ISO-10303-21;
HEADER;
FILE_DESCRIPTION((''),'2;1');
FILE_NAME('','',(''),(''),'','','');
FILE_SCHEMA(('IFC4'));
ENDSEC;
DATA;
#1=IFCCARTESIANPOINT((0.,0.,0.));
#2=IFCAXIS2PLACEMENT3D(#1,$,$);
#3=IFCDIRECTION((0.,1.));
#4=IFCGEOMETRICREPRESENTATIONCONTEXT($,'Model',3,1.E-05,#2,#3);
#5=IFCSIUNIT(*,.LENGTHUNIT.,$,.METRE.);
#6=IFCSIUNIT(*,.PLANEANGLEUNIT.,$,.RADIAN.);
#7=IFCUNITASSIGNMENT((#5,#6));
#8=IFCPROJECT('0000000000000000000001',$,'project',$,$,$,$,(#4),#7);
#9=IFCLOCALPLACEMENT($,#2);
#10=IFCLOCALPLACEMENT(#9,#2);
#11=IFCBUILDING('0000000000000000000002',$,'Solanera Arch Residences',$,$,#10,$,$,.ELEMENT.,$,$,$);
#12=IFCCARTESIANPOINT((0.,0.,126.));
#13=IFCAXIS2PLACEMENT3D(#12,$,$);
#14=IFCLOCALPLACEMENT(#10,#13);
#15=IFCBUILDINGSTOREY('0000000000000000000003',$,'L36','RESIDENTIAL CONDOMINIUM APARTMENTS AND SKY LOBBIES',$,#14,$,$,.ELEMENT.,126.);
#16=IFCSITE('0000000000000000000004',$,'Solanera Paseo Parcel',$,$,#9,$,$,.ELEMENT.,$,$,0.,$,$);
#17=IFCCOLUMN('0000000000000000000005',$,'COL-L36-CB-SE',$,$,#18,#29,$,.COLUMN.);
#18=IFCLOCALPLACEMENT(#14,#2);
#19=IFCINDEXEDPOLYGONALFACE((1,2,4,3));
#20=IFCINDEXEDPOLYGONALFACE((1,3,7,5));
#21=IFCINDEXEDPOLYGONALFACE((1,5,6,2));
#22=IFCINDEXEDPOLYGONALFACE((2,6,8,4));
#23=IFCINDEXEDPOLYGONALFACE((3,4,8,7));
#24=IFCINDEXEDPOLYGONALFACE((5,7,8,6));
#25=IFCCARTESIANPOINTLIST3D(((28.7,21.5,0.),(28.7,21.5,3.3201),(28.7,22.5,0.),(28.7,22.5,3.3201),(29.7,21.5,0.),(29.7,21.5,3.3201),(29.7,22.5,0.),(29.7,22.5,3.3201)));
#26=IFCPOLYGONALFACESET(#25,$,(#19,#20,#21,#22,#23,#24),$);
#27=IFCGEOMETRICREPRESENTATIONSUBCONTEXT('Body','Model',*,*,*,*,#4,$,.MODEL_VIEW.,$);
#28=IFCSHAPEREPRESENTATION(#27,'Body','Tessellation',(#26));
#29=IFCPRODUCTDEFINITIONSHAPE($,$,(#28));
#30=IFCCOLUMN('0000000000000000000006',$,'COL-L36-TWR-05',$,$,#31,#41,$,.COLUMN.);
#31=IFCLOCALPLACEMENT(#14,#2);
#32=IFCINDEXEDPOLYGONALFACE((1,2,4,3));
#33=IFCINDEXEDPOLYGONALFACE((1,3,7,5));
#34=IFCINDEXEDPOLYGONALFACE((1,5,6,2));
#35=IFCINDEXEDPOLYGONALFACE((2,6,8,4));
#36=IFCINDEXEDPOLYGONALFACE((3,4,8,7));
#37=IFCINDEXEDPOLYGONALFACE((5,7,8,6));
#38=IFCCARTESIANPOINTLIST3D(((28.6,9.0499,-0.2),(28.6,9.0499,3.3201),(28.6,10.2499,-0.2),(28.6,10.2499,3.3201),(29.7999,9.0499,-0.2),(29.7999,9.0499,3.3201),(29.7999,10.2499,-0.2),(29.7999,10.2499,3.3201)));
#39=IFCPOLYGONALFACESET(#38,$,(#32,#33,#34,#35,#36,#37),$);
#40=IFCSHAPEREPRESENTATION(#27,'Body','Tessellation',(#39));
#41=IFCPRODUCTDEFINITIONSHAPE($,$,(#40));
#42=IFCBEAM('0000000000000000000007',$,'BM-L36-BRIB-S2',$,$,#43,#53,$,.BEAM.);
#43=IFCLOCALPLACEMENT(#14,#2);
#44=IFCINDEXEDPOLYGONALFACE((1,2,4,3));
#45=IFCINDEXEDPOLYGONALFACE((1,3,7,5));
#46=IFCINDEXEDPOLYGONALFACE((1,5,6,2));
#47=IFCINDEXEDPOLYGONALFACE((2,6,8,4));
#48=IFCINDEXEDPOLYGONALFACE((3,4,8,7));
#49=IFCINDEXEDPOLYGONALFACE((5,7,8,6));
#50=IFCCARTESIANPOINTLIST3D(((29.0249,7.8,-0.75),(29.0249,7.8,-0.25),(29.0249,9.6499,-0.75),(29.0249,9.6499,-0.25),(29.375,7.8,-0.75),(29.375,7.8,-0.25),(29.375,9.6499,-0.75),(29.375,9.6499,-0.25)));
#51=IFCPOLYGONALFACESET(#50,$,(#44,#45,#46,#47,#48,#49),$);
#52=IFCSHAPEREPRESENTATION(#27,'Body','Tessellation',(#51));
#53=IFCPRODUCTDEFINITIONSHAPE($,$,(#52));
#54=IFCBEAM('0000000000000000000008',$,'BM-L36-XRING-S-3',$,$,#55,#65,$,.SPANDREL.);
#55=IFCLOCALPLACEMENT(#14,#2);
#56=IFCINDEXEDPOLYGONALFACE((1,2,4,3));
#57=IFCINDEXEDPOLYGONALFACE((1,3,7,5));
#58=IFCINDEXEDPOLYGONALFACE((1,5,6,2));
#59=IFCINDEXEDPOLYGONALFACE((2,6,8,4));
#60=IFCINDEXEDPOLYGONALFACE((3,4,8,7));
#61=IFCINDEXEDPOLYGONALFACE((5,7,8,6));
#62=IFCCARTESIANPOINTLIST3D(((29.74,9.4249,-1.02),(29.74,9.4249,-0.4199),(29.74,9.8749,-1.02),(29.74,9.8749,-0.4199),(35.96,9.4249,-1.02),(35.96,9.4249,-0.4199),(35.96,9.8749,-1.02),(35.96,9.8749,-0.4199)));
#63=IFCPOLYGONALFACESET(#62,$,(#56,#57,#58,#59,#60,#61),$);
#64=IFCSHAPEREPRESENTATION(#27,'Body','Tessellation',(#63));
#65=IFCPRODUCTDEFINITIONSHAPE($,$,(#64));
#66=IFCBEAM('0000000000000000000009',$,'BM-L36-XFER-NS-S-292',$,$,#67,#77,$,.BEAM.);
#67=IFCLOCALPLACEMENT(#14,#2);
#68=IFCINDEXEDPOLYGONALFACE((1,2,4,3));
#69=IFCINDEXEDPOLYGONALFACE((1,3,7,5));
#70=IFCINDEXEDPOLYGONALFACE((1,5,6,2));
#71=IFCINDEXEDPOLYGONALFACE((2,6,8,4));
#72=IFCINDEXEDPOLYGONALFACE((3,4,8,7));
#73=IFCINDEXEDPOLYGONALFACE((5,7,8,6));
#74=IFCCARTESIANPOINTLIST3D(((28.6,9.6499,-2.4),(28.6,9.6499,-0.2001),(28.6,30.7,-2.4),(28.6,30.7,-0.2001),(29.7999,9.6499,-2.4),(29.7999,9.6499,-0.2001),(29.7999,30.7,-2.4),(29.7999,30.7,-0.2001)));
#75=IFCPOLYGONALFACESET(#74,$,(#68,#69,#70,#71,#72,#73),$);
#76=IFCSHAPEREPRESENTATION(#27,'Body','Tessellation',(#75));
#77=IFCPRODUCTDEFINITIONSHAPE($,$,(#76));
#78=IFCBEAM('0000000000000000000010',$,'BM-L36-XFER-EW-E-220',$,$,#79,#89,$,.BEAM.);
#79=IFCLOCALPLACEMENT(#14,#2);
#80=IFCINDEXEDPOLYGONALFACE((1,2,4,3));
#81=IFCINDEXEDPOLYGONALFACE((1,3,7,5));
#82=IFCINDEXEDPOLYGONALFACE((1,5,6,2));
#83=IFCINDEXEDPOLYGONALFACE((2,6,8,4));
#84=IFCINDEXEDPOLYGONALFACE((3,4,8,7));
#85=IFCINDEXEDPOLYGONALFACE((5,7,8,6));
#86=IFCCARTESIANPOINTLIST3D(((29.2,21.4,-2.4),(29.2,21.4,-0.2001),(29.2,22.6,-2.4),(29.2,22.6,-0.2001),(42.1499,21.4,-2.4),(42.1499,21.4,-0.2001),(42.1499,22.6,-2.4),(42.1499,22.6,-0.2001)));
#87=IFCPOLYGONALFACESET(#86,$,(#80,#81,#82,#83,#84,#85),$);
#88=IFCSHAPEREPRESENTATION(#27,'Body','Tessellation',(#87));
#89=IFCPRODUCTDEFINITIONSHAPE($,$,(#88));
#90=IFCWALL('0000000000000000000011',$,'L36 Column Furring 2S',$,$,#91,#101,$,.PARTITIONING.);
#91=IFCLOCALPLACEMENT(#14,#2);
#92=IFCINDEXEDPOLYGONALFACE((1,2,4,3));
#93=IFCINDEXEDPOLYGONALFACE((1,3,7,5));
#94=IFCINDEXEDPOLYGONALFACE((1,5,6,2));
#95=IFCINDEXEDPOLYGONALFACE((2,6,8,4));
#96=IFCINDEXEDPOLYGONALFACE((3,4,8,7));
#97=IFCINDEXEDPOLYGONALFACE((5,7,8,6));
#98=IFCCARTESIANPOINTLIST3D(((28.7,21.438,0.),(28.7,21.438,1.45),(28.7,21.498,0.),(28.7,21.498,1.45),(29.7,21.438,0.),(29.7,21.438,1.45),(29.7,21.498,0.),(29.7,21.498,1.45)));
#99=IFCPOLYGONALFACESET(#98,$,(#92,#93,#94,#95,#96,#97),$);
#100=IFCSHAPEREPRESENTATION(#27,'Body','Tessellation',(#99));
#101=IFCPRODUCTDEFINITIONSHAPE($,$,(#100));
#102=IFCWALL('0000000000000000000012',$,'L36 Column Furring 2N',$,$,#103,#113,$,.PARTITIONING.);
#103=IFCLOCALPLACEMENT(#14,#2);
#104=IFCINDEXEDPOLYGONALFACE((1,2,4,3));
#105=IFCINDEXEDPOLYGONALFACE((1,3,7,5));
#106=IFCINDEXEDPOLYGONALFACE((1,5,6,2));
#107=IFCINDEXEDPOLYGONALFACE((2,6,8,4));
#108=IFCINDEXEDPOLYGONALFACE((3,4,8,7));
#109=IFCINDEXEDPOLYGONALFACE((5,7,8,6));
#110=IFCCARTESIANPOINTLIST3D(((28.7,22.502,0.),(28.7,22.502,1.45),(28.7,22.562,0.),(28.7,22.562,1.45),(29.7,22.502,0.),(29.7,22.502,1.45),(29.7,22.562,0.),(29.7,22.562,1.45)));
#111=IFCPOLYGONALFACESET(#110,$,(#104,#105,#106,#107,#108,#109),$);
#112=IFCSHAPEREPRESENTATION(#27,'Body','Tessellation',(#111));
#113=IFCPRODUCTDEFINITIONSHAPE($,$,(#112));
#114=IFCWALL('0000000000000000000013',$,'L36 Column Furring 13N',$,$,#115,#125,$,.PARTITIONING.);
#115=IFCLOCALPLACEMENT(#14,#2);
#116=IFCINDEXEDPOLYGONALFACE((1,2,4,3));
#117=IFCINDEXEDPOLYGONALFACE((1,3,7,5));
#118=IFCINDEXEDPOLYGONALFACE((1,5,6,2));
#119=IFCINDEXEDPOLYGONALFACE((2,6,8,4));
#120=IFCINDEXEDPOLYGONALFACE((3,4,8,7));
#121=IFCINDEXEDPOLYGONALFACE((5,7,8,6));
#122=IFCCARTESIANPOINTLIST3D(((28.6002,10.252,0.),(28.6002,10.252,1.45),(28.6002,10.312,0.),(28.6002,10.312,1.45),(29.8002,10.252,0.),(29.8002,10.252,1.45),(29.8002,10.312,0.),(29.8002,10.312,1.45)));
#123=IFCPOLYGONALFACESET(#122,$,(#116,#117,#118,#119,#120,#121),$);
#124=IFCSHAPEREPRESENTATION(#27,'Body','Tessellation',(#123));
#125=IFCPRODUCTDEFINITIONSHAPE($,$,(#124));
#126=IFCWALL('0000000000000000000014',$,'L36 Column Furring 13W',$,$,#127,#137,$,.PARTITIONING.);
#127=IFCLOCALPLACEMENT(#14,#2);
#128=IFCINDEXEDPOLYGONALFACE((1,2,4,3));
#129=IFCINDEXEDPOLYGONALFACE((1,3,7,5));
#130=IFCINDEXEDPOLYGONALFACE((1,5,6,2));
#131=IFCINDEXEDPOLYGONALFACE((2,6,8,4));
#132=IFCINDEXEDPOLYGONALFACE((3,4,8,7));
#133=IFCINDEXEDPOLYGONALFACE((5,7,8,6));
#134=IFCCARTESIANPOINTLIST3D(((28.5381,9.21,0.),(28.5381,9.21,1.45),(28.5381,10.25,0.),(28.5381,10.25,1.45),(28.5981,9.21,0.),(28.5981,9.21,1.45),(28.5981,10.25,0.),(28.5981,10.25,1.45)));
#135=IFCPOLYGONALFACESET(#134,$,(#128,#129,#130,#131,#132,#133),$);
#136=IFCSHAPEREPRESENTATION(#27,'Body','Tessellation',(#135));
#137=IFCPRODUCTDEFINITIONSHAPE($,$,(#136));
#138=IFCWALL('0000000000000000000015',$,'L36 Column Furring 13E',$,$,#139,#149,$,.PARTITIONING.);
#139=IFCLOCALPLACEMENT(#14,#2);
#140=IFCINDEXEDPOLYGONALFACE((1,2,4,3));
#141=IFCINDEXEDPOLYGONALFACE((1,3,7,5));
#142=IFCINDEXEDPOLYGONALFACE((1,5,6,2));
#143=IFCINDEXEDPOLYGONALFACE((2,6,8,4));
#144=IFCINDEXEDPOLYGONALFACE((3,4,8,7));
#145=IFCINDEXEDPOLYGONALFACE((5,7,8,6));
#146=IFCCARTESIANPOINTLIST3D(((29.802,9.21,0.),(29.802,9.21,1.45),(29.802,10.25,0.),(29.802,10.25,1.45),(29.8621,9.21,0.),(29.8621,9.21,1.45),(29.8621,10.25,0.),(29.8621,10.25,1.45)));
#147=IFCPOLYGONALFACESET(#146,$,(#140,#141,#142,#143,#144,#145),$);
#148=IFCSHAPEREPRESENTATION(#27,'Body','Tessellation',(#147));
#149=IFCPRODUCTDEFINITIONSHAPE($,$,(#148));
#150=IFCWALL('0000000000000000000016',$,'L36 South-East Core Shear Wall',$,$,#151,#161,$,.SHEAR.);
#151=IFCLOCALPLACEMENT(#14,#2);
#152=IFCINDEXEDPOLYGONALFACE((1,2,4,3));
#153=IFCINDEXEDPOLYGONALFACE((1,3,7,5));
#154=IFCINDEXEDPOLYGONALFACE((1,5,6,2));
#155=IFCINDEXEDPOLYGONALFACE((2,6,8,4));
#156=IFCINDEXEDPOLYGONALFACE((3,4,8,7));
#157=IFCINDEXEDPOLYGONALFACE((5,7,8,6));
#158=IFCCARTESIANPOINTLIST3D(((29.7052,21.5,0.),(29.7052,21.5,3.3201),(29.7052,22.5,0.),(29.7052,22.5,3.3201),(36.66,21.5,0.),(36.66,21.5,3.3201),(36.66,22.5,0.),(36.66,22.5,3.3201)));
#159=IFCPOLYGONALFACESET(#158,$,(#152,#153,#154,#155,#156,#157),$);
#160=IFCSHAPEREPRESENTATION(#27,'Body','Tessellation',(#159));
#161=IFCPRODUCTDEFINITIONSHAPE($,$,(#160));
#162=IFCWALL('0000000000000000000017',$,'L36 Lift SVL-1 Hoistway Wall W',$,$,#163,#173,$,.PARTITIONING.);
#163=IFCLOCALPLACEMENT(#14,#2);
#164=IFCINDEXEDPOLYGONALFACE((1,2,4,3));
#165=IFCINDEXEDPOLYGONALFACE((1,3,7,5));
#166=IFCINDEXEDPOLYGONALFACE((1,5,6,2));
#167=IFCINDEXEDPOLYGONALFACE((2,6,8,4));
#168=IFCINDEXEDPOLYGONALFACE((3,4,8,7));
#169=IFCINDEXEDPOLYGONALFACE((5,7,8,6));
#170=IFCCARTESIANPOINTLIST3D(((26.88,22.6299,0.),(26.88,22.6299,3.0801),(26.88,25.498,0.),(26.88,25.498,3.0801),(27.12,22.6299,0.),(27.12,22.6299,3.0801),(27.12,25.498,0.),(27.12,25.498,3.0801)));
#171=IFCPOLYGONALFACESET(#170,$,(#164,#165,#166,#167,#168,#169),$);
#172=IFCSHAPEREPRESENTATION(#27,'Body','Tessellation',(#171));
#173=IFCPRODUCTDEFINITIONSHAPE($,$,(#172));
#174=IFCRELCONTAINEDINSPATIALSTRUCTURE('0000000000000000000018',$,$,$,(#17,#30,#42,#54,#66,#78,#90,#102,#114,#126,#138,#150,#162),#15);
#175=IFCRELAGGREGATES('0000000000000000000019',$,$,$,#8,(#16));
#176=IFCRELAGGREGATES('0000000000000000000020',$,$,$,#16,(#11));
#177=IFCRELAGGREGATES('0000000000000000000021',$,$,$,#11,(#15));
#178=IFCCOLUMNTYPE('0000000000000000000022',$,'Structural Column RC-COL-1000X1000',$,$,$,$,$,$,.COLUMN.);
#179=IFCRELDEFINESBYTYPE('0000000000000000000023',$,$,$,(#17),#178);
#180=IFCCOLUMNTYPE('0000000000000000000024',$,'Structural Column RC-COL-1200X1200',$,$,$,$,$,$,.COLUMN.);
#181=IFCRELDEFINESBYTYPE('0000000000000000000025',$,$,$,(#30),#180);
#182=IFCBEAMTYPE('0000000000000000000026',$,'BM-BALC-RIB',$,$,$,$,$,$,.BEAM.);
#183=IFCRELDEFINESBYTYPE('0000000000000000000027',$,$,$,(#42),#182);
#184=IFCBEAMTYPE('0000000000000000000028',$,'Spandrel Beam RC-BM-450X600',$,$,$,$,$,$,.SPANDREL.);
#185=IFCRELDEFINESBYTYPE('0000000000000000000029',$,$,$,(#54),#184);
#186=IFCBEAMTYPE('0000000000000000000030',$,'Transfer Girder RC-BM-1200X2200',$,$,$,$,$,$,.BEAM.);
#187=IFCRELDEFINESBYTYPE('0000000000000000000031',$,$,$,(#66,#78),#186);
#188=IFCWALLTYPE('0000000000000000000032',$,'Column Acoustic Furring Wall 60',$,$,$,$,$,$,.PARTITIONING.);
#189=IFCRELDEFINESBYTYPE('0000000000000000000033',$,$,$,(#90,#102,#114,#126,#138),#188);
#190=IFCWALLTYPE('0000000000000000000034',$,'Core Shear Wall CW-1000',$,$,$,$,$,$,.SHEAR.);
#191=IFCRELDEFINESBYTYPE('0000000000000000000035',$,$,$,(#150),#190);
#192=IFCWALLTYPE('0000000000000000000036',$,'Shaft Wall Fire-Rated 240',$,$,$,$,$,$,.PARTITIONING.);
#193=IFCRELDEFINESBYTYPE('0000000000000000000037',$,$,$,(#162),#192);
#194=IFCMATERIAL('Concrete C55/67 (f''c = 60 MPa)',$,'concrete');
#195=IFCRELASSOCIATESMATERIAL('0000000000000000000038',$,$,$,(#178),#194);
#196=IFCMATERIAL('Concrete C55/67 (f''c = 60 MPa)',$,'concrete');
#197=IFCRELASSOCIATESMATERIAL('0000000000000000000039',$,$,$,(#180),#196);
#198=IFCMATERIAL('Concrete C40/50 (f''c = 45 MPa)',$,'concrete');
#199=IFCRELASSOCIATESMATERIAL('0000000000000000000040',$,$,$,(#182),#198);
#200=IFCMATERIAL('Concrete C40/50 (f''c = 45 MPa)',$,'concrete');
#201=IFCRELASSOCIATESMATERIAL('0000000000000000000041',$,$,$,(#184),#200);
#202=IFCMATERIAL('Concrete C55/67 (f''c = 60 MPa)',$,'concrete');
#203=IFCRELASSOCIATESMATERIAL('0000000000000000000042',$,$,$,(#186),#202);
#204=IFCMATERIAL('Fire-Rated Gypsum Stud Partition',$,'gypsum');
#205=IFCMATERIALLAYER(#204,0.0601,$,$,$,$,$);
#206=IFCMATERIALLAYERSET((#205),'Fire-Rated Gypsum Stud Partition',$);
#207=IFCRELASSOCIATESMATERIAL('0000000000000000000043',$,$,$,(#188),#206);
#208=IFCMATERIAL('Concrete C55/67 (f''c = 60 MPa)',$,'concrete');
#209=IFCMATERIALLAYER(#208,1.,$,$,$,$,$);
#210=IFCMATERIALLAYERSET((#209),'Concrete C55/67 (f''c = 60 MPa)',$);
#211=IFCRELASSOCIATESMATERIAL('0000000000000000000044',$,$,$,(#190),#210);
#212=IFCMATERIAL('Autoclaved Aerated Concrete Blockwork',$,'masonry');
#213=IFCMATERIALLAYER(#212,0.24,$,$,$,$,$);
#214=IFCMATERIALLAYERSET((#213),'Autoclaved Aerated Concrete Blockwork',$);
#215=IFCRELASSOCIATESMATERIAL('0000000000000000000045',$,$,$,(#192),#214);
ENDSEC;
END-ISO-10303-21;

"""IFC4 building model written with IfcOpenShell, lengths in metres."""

from ifc_helpers import new_model, si_unit, direction, frame, frame_2d, origin, origin_2d, place, context, subcontext, project, spatial, rectangle, extrude, material, layer, layer_set, material_profile, profile_set, type_object, element, save


model = new_model("IFC4")

# Units and contexts
model_context = context("Model", 3, precision=1e-05, world=origin(), true_north=direction((0.0, 1.0)))
body_context = subcontext(model_context, "Body", "Model", "MODEL_VIEW")
ifc_project = project(units=[si_unit("LENGTHUNIT", "METRE"), si_unit("PLANEANGLEUNIT", "RADIAN")], contexts=[model_context])

# Site, building, storey
site_placement = place(None, origin())
site = spatial("IfcSite", under=ifc_project, at=site_placement, Name="Solanera Paseo Parcel", CompositionType="ELEMENT", RefElevation=0.0)
building_placement = place(site_placement, origin())
building = spatial("IfcBuilding", under=site, at=building_placement, Name="Solanera Arch Residences", CompositionType="ELEMENT")
storey_placement = place(building_placement, frame((0.0, 0.0, 126.0)))
storey = spatial("IfcBuildingStorey", under=building, at=storey_placement, Name="L36", Description="RESIDENTIAL CONDOMINIUM APARTMENTS AND SKY LOBBIES", CompositionType="ELEMENT", Elevation=126.0)

# Columns
ifc_material_1 = material(Name="Concrete C55/67 (f'c = 60 MPa)", Category="concrete")
ifc_material_profile_1 = material_profile(ifc_material_1, rectangle(XDim=1.0, YDim=1.0, at=origin_2d()))
ifc_profile_set_1 = profile_set([ifc_material_profile_1], Name="Concrete C55/67 (f'c = 60 MPa)")
column_type_1 = type_object("IfcColumnType", Name="Structural Column RC-COL-1000X1000", PredefinedType="COLUMN", material=ifc_profile_set_1)
column_1_placement = place(storey_placement, frame((29.2, 22.0, 0.0), z_axis=(0.0, 0.0, 1.0), x_axis=(1.0, 0.0, 0.0)))
element("IfcColumn", 1, at=column_1_placement, inside=storey, type_object=column_type_1, Name="COL-L36-CB-SE", PredefinedType="COLUMN", context=body_context, shape_type="SweptSolid", body=[
    extrude(rectangle(XDim=1.0, YDim=1.0, at=origin_2d()), origin(), (0.0, 0.0, 1.0), 3.3201),
])
ifc_material_2 = material(Name="Concrete C55/67 (f'c = 60 MPa)", Category="concrete")
ifc_material_profile_2 = material_profile(ifc_material_2, rectangle(XDim=1.2, YDim=1.2, at=origin_2d()))
ifc_profile_set_2 = profile_set([ifc_material_profile_2], Name="Concrete C55/67 (f'c = 60 MPa)")
column_type_2 = type_object("IfcColumnType", Name="Structural Column RC-COL-1200X1200", PredefinedType="COLUMN", material=ifc_profile_set_2)
column_2_placement = place(storey_placement, frame((29.2, 9.6499, -0.2), z_axis=(0.0, 0.0, 1.0), x_axis=(1.0, 0.0, 0.0)))
element("IfcColumn", 2, at=column_2_placement, inside=storey, type_object=column_type_2, Name="COL-L36-TWR-05", PredefinedType="COLUMN", context=body_context, shape_type="SweptSolid", body=[
    extrude(rectangle(XDim=1.2, YDim=1.2, at=origin_2d()), origin(), (0.0, 0.0, 1.0), 3.52),
])

# Beams
ifc_material_3 = material(Name="Concrete C40/50 (f'c = 45 MPa)", Category="concrete")
ifc_material_profile_3 = material_profile(ifc_material_3, rectangle(XDim=0.3501, YDim=0.5, at=origin_2d()))
ifc_profile_set_3 = profile_set([ifc_material_profile_3], Name="Concrete C40/50 (f'c = 45 MPa)")
beam_type_1 = type_object("IfcBeamType", Name="BM-BALC-RIB", PredefinedType="BEAM", material=ifc_profile_set_3)
beam_1_placement = place(storey_placement, frame((29.2, 7.8, -0.5), z_axis=(0.0, 1.0, 0.0), x_axis=(-1.0, 0.0, 0.0)))
element("IfcBeam", 3, at=beam_1_placement, inside=storey, type_object=beam_type_1, Name="BM-L36-BRIB-S2", PredefinedType="BEAM", context=body_context, shape_type="SweptSolid", body=[
    extrude(rectangle(XDim=0.3501, YDim=0.5, at=origin_2d()), origin(), (0.0, 0.0, 1.0), 1.8499),
])
ifc_material_4 = material(Name="Concrete C40/50 (f'c = 45 MPa)", Category="concrete")
ifc_material_profile_4 = material_profile(ifc_material_4, rectangle(XDim=0.45, YDim=0.6001, at=origin_2d()))
ifc_profile_set_4 = profile_set([ifc_material_profile_4], Name="Concrete C40/50 (f'c = 45 MPa)")
beam_type_2 = type_object("IfcBeamType", Name="Spandrel Beam RC-BM-450X600", PredefinedType="SPANDREL", material=ifc_profile_set_4)
beam_2_placement = place(storey_placement, frame((29.74, 9.6499, -0.72), z_axis=(1.0, 0.0, 0.0), x_axis=(0.0, 1.0, 0.0)))
element("IfcBeam", 4, at=beam_2_placement, inside=storey, type_object=beam_type_2, Name="BM-L36-XRING-S-3", PredefinedType="SPANDREL", context=body_context, shape_type="SweptSolid", body=[
    extrude(rectangle(XDim=0.45, YDim=0.6001, at=origin_2d()), origin(), (0.0, 0.0, 1.0), 6.22),
])
ifc_material_5 = material(Name="Concrete C55/67 (f'c = 60 MPa)", Category="concrete")
ifc_material_profile_5 = material_profile(ifc_material_5, rectangle(XDim=1.2, YDim=2.2, at=origin_2d()))
ifc_profile_set_5 = profile_set([ifc_material_profile_5], Name="Concrete C55/67 (f'c = 60 MPa)")
beam_type_3 = type_object("IfcBeamType", Name="Transfer Girder RC-BM-1200X2200", PredefinedType="BEAM", material=ifc_profile_set_5)
beam_3_placement = place(storey_placement, frame((29.2, 9.6499, -1.3), z_axis=(0.0, 1.0, 0.0), x_axis=(-1.0, 0.0, 0.0)))
element("IfcBeam", 5, at=beam_3_placement, inside=storey, type_object=beam_type_3, Name="BM-L36-XFER-NS-S-292", PredefinedType="BEAM", context=body_context, shape_type="SweptSolid", body=[
    extrude(rectangle(XDim=1.2, YDim=2.2, at=origin_2d()), origin(), (0.0, 0.0, 1.0), 21.05),
])
beam_4_placement = place(storey_placement, frame((29.2, 22.0, -1.3), z_axis=(1.0, 0.0, 0.0), x_axis=(0.0, 1.0, 0.0)))
element("IfcBeam", 6, at=beam_4_placement, inside=storey, type_object=beam_type_3, Name="BM-L36-XFER-EW-E-220", PredefinedType="BEAM", context=body_context, shape_type="SweptSolid", body=[
    extrude(rectangle(XDim=1.2, YDim=2.2, at=origin_2d()), origin(), (0.0, 0.0, 1.0), 12.95),
])

# Walls
ifc_material_6 = material(Name="Fire-Rated Gypsum Stud Partition", Category="gypsum")
ifc_layer_1 = layer(ifc_material_6, 0.0601)
ifc_layer_set_1 = layer_set([ifc_layer_1], Name="Fire-Rated Gypsum Stud Partition")
wall_type_1 = type_object("IfcWallType", Name="Column Acoustic Furring Wall 60", PredefinedType="PARTITIONING", material=ifc_layer_set_1)
for number, where, z_axis, x_axis, name in (
    (7, (28.7, 21.468, 0.0), (0.0, 0.0, 1.0), (1.0, 0.0, 0.0), "L36 Column Furring 2S"),
    (8, (28.7, 22.532, 0.0), (0.0, 0.0, 1.0), (1.0, 0.0, 0.0), "L36 Column Furring 2N"),
):
    element("IfcWall", number, at=place(storey_placement, frame(where, z_axis=z_axis, x_axis=x_axis)), inside=storey, type_object=wall_type_1, Name=name, PredefinedType="PARTITIONING", context=body_context, shape_type="SweptSolid", body=[
        extrude(rectangle(XDim=1.0, YDim=0.0601, at=frame_2d((0.5, 0.0))), origin(), (0.0, 0.0, 1.0), 1.45),
    ])
wall_1_placement = place(storey_placement, frame((28.6001, 10.282, 0.0), z_axis=(0.0, 0.0, 1.0), x_axis=(1.0, 0.0, 0.0)))
element("IfcWall", 9, at=wall_1_placement, inside=storey, type_object=wall_type_1, Name="L36 Column Furring 13N", PredefinedType="PARTITIONING", context=body_context, shape_type="SweptSolid", body=[
    extrude(rectangle(XDim=1.2, YDim=0.0601, at=frame_2d((0.6001, 0.0))), origin(), (0.0, 0.0, 1.0), 1.45),
])
for number, where, z_axis, x_axis, name in (
    (10, (28.5681, 9.21, 0.0), (0.0, 0.0, 1.0), (0.0, 1.0, 0.0), "L36 Column Furring 13W"),
    (11, (29.832, 9.21, 0.0), (0.0, 0.0, 1.0), (0.0, 1.0, 0.0), "L36 Column Furring 13E"),
):
    element("IfcWall", number, at=place(storey_placement, frame(where, z_axis=z_axis, x_axis=x_axis)), inside=storey, type_object=wall_type_1, Name=name, PredefinedType="PARTITIONING", context=body_context, shape_type="SweptSolid", body=[
        extrude(rectangle(XDim=1.04, YDim=0.0601, at=frame_2d((0.52, 0.0))), origin(), (0.0, 0.0, 1.0), 1.45),
    ])
ifc_material_7 = material(Name="Concrete C55/67 (f'c = 60 MPa)", Category="concrete")
ifc_layer_2 = layer(ifc_material_7, 1.0)
ifc_layer_set_2 = layer_set([ifc_layer_2], Name="Concrete C55/67 (f'c = 60 MPa)")
wall_type_2 = type_object("IfcWallType", Name="Core Shear Wall CW-1000", PredefinedType="SHEAR", material=ifc_layer_set_2)
wall_2_placement = place(storey_placement, frame((29.7051, 22.0, 0.0), z_axis=(0.0, 0.0, 1.0), x_axis=(1.0, 0.0, 0.0)))
element("IfcWall", 12, at=wall_2_placement, inside=storey, type_object=wall_type_2, Name="L36 South-East Core Shear Wall", PredefinedType="SHEAR", context=body_context, shape_type="SweptSolid", body=[
    extrude(rectangle(XDim=6.9548, YDim=1.0, at=frame_2d((3.4775, 0.0))), origin(), (0.0, 0.0, 1.0), 3.3201),
])
ifc_material_8 = material(Name="Autoclaved Aerated Concrete Blockwork", Category="masonry")
ifc_layer_3 = layer(ifc_material_8, 0.24)
ifc_layer_set_3 = layer_set([ifc_layer_3], Name="Autoclaved Aerated Concrete Blockwork")
wall_type_3 = type_object("IfcWallType", Name="Shaft Wall Fire-Rated 240", PredefinedType="PARTITIONING", material=ifc_layer_set_3)
wall_3_placement = place(storey_placement, frame((27.0, 22.6299, 0.0), z_axis=(0.0, 0.0, 1.0), x_axis=(0.0, 1.0, 0.0)))
element("IfcWall", 13, at=wall_3_placement, inside=storey, type_object=wall_type_3, Name="L36 Lift SVL-1 Hoistway Wall W", PredefinedType="PARTITIONING", context=body_context, shape_type="SweptSolid", body=[
    extrude(rectangle(XDim=2.8682, YDim=0.24, at=frame_2d((1.4341, 0.0))), origin(), (0.0, 0.0, 1.0), 3.0801),
])

save(model, "model.ifc")
